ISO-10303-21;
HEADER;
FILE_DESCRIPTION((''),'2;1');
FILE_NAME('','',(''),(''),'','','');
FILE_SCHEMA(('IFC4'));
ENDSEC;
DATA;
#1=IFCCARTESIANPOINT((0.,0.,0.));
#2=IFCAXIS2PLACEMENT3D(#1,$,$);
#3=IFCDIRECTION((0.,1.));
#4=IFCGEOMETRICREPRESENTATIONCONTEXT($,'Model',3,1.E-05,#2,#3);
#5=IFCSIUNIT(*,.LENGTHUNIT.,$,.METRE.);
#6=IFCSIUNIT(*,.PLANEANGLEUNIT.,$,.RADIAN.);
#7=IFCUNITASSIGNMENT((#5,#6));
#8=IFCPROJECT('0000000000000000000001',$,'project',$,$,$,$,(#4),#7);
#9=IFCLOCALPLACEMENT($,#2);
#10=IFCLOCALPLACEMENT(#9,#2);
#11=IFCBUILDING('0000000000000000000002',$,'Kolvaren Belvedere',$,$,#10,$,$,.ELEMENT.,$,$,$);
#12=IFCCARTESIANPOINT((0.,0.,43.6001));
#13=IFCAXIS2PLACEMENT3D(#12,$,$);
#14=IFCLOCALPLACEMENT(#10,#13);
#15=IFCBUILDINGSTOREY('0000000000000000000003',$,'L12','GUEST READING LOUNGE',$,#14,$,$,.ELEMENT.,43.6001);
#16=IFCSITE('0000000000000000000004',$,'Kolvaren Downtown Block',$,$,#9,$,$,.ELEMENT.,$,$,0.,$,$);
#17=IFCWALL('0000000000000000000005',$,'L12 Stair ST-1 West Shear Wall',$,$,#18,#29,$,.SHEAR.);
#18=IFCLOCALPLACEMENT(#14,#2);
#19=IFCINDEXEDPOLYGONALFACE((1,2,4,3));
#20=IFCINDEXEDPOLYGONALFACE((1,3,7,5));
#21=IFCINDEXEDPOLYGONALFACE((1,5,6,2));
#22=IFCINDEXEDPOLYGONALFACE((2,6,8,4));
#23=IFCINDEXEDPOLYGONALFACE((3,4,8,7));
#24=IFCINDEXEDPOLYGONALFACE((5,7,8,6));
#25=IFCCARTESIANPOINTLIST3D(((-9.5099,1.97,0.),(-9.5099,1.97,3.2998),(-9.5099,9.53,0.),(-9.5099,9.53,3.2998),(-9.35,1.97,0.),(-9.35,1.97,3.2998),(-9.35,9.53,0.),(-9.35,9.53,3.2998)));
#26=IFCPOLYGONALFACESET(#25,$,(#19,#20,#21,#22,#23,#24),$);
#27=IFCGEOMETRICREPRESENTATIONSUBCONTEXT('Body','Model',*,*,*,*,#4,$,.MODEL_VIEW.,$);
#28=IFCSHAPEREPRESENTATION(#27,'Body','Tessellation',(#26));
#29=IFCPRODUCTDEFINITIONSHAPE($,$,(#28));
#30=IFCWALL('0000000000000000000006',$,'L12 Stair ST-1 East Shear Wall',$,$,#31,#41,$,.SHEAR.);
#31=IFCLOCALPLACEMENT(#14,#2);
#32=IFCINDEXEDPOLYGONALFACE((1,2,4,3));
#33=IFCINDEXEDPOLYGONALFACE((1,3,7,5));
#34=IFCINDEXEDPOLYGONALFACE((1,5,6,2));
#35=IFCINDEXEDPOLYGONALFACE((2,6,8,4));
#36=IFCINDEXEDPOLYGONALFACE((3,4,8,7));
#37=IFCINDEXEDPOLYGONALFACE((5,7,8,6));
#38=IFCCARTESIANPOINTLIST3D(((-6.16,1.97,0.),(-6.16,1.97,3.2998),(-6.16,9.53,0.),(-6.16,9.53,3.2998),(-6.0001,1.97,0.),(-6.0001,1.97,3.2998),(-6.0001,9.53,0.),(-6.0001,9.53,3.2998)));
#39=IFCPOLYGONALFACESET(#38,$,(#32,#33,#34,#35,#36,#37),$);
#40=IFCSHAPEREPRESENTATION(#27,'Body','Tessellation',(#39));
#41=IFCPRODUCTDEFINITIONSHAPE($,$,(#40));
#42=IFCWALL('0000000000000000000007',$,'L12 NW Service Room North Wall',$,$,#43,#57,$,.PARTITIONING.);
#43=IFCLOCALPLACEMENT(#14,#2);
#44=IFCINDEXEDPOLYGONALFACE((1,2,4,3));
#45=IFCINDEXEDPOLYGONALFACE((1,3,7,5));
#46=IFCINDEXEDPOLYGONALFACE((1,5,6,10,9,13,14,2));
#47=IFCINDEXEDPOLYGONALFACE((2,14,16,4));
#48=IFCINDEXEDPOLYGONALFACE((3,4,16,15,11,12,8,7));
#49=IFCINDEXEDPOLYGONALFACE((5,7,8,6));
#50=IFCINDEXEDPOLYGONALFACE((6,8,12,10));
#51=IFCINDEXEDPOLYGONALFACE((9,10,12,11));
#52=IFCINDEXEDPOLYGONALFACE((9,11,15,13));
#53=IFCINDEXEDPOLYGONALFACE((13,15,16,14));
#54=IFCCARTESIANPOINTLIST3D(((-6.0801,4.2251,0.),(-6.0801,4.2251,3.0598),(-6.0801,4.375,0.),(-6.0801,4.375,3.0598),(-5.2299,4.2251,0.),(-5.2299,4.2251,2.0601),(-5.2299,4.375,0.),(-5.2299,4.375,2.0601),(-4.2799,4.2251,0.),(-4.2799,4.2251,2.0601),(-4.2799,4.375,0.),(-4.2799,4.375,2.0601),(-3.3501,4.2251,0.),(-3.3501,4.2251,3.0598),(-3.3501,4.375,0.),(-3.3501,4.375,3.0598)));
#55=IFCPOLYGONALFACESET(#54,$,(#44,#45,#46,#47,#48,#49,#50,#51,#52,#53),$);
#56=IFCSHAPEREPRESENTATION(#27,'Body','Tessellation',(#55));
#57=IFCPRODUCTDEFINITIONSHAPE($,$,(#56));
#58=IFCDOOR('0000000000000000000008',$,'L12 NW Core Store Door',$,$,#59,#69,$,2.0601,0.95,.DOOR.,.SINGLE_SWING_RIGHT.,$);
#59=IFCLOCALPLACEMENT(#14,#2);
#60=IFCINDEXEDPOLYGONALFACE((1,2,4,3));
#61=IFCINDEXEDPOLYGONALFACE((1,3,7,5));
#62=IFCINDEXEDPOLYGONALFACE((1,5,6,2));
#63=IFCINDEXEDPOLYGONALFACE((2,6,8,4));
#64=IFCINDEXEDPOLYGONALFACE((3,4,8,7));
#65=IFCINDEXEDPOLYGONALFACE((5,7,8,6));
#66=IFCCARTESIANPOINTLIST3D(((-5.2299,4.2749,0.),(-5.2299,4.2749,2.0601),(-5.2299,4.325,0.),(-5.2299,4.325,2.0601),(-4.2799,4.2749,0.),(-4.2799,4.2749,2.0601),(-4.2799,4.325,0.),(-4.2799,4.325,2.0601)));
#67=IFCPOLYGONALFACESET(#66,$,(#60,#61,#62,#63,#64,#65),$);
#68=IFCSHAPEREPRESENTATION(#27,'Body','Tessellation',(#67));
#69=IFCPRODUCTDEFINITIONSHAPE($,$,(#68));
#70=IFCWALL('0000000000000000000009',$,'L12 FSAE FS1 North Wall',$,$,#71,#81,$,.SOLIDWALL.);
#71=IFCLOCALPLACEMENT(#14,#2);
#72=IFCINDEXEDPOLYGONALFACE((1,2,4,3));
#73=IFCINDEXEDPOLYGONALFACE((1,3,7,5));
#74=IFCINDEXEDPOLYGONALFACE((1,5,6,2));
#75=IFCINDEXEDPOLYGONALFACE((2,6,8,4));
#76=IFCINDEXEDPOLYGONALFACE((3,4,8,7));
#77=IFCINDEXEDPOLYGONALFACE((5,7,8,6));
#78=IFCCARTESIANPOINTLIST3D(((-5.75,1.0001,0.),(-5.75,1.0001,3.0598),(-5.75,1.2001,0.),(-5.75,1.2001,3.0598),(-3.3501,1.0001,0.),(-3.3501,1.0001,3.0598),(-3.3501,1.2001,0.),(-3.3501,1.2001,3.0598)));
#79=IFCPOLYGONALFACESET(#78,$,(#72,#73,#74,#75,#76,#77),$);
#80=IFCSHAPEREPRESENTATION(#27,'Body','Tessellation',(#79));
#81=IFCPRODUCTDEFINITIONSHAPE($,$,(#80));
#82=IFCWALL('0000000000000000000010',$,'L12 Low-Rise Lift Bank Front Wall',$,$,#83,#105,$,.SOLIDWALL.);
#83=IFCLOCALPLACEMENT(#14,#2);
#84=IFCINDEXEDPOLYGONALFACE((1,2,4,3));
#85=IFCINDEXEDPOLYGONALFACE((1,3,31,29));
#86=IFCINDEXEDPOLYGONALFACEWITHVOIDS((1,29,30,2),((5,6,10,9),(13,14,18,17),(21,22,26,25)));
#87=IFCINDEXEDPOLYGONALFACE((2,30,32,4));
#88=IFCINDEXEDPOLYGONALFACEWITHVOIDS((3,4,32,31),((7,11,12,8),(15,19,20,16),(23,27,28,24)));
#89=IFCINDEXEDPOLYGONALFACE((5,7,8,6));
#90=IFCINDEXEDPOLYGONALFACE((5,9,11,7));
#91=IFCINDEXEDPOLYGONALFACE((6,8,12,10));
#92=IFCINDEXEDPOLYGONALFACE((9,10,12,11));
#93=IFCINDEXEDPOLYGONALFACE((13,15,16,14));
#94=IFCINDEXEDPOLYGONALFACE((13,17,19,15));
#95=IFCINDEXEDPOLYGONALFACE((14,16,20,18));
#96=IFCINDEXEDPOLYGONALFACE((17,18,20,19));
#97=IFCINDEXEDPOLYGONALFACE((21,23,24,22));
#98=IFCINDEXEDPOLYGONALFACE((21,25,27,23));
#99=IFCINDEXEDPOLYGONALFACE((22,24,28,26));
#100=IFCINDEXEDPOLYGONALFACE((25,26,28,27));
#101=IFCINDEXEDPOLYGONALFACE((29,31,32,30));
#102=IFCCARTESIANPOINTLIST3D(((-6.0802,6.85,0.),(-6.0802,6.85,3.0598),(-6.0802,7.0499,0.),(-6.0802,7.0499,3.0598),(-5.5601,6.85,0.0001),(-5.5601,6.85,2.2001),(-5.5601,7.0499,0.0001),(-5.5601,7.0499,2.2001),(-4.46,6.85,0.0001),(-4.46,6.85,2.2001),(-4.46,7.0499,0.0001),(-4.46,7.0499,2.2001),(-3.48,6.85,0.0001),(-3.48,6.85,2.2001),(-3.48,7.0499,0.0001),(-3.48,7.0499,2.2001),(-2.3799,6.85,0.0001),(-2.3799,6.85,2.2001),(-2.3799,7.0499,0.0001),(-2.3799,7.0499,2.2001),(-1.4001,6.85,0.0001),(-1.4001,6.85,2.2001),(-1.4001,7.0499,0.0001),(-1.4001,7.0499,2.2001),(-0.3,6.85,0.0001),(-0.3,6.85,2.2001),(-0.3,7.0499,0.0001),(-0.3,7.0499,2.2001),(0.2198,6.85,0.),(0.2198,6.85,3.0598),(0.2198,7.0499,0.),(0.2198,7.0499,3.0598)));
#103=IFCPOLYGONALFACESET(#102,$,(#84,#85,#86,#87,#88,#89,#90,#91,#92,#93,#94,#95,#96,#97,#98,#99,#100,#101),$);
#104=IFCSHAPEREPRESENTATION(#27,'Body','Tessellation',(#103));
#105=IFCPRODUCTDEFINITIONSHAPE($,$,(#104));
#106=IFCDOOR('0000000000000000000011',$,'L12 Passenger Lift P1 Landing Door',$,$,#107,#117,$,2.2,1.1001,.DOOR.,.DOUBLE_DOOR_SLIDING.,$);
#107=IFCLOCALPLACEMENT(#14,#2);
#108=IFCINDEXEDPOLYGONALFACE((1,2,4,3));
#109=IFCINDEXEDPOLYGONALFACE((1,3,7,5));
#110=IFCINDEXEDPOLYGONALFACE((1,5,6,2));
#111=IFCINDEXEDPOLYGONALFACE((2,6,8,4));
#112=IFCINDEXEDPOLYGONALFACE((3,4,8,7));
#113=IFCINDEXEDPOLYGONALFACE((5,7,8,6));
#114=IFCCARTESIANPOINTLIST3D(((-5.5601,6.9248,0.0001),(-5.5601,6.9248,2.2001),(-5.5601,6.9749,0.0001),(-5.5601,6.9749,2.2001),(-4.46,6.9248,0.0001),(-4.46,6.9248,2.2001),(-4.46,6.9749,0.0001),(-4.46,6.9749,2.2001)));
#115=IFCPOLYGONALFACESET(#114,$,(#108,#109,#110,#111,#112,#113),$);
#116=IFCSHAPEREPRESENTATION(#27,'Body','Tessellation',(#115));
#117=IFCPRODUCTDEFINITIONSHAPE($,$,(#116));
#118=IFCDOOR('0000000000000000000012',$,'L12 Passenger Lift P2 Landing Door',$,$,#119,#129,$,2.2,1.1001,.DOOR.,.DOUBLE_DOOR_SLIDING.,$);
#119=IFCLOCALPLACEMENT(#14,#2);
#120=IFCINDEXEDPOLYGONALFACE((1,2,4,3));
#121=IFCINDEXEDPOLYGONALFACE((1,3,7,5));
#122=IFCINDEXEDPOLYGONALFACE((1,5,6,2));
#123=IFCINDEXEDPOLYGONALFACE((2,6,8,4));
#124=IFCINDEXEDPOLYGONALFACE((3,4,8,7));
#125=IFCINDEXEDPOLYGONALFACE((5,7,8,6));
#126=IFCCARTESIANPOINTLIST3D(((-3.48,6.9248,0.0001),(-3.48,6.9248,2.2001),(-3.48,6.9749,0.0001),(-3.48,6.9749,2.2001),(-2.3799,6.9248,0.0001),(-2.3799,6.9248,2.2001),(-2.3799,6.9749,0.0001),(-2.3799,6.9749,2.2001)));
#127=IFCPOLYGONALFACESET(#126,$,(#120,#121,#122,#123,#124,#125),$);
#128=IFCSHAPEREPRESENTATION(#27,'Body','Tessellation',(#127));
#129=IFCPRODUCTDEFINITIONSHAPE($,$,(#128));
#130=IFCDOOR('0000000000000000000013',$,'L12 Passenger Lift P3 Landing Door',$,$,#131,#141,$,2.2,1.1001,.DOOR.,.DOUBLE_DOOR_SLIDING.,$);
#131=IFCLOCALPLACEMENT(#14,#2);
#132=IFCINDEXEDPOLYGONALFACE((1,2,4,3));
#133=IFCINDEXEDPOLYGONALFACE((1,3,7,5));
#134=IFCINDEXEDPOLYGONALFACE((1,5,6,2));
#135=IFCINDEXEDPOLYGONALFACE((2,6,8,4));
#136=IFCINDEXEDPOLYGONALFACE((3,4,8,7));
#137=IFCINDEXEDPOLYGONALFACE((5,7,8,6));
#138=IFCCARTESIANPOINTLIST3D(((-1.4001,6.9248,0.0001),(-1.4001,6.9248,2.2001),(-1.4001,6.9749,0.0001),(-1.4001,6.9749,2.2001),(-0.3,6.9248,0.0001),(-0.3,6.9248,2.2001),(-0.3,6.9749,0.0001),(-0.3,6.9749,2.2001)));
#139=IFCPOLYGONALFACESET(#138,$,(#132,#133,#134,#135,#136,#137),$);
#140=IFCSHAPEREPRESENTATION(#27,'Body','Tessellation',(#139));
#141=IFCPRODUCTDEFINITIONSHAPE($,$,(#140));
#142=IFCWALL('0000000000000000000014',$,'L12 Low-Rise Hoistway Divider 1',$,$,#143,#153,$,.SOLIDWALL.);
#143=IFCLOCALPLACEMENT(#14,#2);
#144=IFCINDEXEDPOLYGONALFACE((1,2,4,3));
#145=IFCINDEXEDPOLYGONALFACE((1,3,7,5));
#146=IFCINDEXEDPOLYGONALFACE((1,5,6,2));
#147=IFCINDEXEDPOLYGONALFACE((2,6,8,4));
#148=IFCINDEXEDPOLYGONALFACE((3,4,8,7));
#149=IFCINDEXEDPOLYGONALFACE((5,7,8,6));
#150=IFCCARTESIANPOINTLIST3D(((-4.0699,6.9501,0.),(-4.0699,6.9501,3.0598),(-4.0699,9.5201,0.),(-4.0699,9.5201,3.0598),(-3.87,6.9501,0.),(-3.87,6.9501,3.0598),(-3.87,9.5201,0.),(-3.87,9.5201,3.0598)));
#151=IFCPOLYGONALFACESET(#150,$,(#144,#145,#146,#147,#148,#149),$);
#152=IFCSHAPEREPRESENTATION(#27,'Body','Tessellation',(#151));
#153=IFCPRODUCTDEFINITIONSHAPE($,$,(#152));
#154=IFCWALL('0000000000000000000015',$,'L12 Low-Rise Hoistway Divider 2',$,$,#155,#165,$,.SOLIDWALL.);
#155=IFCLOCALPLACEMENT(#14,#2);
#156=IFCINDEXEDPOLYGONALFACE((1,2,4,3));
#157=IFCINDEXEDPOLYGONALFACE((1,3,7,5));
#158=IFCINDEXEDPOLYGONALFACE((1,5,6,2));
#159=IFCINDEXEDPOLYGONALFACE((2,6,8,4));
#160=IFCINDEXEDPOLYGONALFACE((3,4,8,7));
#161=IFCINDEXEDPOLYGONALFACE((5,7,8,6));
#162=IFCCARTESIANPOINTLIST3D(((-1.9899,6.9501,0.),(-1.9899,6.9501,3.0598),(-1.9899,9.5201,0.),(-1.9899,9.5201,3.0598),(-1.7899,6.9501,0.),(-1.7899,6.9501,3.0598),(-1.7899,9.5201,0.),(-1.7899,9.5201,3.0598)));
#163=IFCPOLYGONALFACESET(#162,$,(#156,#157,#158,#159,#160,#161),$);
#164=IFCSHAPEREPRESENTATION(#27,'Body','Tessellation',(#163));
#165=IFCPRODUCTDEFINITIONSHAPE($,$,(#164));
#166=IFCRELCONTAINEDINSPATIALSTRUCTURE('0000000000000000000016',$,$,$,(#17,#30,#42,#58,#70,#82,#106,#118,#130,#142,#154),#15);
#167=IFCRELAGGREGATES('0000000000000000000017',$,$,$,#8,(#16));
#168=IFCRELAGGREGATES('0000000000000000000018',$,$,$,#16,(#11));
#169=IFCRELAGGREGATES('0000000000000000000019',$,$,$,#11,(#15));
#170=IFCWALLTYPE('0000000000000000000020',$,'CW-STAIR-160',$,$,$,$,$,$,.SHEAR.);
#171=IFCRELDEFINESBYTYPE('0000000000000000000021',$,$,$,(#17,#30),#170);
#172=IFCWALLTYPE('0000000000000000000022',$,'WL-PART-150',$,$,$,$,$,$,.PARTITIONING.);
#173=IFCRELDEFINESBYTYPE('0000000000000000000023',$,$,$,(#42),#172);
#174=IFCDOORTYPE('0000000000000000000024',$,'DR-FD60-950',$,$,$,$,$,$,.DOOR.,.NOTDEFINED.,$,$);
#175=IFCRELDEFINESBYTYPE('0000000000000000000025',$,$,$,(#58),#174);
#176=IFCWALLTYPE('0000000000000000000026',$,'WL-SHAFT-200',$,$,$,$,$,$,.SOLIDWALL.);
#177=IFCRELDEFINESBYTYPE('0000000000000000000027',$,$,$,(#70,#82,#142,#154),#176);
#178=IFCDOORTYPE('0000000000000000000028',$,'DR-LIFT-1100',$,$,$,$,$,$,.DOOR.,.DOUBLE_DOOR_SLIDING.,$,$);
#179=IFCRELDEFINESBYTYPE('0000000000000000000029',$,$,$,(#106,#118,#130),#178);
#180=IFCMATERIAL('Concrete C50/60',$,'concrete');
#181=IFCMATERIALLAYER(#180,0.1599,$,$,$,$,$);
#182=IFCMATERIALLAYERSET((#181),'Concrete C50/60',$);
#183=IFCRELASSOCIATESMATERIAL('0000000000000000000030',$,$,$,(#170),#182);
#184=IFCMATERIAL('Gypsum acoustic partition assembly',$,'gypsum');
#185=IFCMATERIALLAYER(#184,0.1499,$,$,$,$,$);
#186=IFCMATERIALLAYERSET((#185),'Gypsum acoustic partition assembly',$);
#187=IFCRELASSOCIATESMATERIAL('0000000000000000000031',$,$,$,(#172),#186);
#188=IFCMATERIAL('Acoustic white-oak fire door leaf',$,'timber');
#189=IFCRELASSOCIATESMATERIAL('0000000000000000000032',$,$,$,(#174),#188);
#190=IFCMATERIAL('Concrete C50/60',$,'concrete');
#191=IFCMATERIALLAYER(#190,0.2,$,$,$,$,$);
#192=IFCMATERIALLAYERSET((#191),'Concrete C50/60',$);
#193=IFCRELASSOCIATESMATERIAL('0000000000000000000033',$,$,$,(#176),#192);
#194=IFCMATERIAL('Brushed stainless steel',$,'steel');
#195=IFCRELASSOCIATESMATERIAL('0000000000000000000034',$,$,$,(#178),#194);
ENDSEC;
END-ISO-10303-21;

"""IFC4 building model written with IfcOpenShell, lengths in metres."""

from ifc_helpers import new_model, si_unit, direction, frame, frame_2d, origin, place, context, subcontext, project, spatial, rectangle, extrude, material, layer, layer_set, type_object, element, fill, save


model = new_model("IFC4")

# Units and contexts
model_context = context("Model", 3, precision=1e-05, world=origin(), true_north=direction((0.0, 1.0)))
body_context = subcontext(model_context, "Body", "Model", "MODEL_VIEW")
ifc_project = project(units=[si_unit("LENGTHUNIT", "METRE"), si_unit("PLANEANGLEUNIT", "RADIAN")], contexts=[model_context])

# Site, building, storey
site_placement = place(None, origin())
site = spatial("IfcSite", under=ifc_project, at=site_placement, Name="Kolvaren Downtown Block", CompositionType="ELEMENT", RefElevation=0.0)
building_placement = place(site_placement, origin())
building = spatial("IfcBuilding", under=site, at=building_placement, Name="Kolvaren Belvedere", CompositionType="ELEMENT")
storey_placement = place(building_placement, frame((0.0, 0.0, 43.6001)))
storey = spatial("IfcBuildingStorey", under=building, at=storey_placement, Name="L12", Description="GUEST READING LOUNGE", CompositionType="ELEMENT", Elevation=43.6001)

# Shared definitions
ifc_material_1 = material(Name="Concrete C50/60", Category="concrete")
ifc_layer_1 = layer(ifc_material_1, 0.1599)
ifc_layer_set_1 = layer_set([ifc_layer_1], Name="Concrete C50/60")
wall_type_1 = type_object("IfcWallType", Name="CW-STAIR-160", PredefinedType="SHEAR", material=ifc_layer_set_1)

# Walls
for number, where, z_axis, x_axis, name in (
    (1, (-9.4299, 1.97, 0.0), (0.0, 0.0, 1.0), (0.0, 1.0, 0.0), "L12 Stair ST-1 West Shear Wall"),
    (2, (-6.0801, 1.97, 0.0), (0.0, 0.0, 1.0), (0.0, 1.0, 0.0), "L12 Stair ST-1 East Shear Wall"),
):
    element("IfcWall", number, at=place(storey_placement, frame(where, z_axis=z_axis, x_axis=x_axis)), inside=storey, type_object=wall_type_1, Name=name, PredefinedType="SHEAR", context=body_context, shape_type="SweptSolid", body=[
        extrude(rectangle(XDim=7.5601, YDim=0.1599, at=frame_2d((3.78, 0.0))), origin(), (0.0, 0.0, 1.0), 3.2998),
    ])

# Wall, opening, door
ifc_material_2 = material(Name="Gypsum acoustic partition assembly", Category="gypsum")
ifc_layer_2 = layer(ifc_material_2, 0.1499)
ifc_layer_set_2 = layer_set([ifc_layer_2], Name="Gypsum acoustic partition assembly")
wall_type_2 = type_object("IfcWallType", Name="WL-PART-150", PredefinedType="PARTITIONING", material=ifc_layer_set_2)
wall_1_placement = place(storey_placement, frame((-6.0801, 4.3, 0.0), z_axis=(0.0, 0.0, 1.0), x_axis=(1.0, 0.0, 0.0)))
wall_1 = element("IfcWall", 3, at=wall_1_placement, inside=storey, type_object=wall_type_2, Name="L12 NW Service Room North Wall", PredefinedType="PARTITIONING", context=body_context, shape_type="SweptSolid", body=[
    extrude(rectangle(XDim=2.73, YDim=0.1499, at=frame_2d((1.365, 0.0))), origin(), (0.0, 0.0, 1.0), 3.0598),
])
opening_1_placement = place(wall_1_placement, frame((0.8501, 0.0, 0.0)))
opening_1 = element("IfcOpeningElement", 4, at=opening_1_placement, cuts=wall_1, PredefinedType="OPENING", context=body_context, shape_type="SweptSolid", body=[
    extrude(rectangle(XDim=0.95, YDim=2.0601, at=frame_2d((0.4751, 1.03))), frame((0.0, 0.085, 0.0), z_axis=(0.0, -1.0, 0.0), x_axis=(1.0, 0.0, 0.0)), (0.0, 0.0, 1.0), 0.1699),
])
ifc_material_3 = material(Name="Acoustic white-oak fire door leaf", Category="timber")
door_type_1 = type_object("IfcDoorType", Name="DR-FD60-950", OperationType="NOTDEFINED", PredefinedType="DOOR", material=ifc_material_3)
door_1_placement = place(opening_1_placement, origin())
door_1 = element("IfcDoor", 5, at=door_1_placement, inside=storey, type_object=door_type_1, Name="L12 NW Core Store Door", OperationType="SINGLE_SWING_RIGHT", OverallHeight=2.0601, OverallWidth=0.95, PredefinedType="DOOR", context=body_context, shape_type="SweptSolid", body=[
    extrude(rectangle(XDim=0.95, YDim=2.0601, at=frame_2d((0.4751, 1.03))), frame((0.0, 0.0249, 0.0), z_axis=(0.0, -1.0, 0.0), x_axis=(1.0, 0.0, 0.0)), (0.0, 0.0, 1.0), 0.05),
])
fill(opening_1, door_1)

# Wall
ifc_material_4 = material(Name="Concrete C50/60", Category="concrete")
ifc_layer_3 = layer(ifc_material_4, 0.2)
ifc_layer_set_3 = layer_set([ifc_layer_3], Name="Concrete C50/60")
wall_type_3 = type_object("IfcWallType", Name="WL-SHAFT-200", PredefinedType="SOLIDWALL", material=ifc_layer_set_3)
wall_2_placement = place(storey_placement, frame((-5.75, 1.1001, 0.0), z_axis=(0.0, 0.0, 1.0), x_axis=(1.0, 0.0, 0.0)))
element("IfcWall", 6, at=wall_2_placement, inside=storey, type_object=wall_type_3, Name="L12 FSAE FS1 North Wall", PredefinedType="SOLIDWALL", context=body_context, shape_type="SweptSolid", body=[
    extrude(rectangle(XDim=2.3999, YDim=0.2, at=frame_2d((1.2, 0.0))), origin(), (0.0, 0.0, 1.0), 3.0598),
])

# Wall, openings, doors
wall_3_placement = place(storey_placement, frame((-6.0801, 6.95, 0.0), z_axis=(0.0, 0.0, 1.0), x_axis=(1.0, 0.0, 0.0)))
wall_3 = element("IfcWall", 7, at=wall_3_placement, inside=storey, type_object=wall_type_3, Name="L12 Low-Rise Lift Bank Front Wall", PredefinedType="SOLIDWALL", context=body_context, shape_type="SweptSolid", body=[
    extrude(rectangle(XDim=6.3, YDim=0.2, at=frame_2d((3.1499, 0.0))), origin(), (0.0, 0.0, 1.0), 3.0598),
])
opening_2_placement = place(wall_3_placement, frame((0.52, 0.0, 0.0)))
opening_2 = element("IfcOpeningElement", 8, at=opening_2_placement, cuts=wall_3, PredefinedType="OPENING", context=body_context, shape_type="SweptSolid", body=[
    extrude(rectangle(XDim=1.1001, YDim=2.2, at=frame_2d((0.55, 1.1001))), frame((0.0, 0.1099, 0.0), z_axis=(0.0, -1.0, 0.0), x_axis=(1.0, 0.0, 0.0)), (0.0, 0.0, 1.0), 0.22),
])
opening_3_placement = place(wall_3_placement, frame((2.6001, 0.0, 0.0)))
opening_3 = element("IfcOpeningElement", 9, at=opening_3_placement, cuts=wall_3, PredefinedType="OPENING", context=body_context, shape_type="SweptSolid", body=[
    extrude(rectangle(XDim=1.1001, YDim=2.2, at=frame_2d((0.55, 1.1001))), frame((0.0, 0.1099, 0.0), z_axis=(0.0, -1.0, 0.0), x_axis=(1.0, 0.0, 0.0)), (0.0, 0.0, 1.0), 0.22),
])
opening_4_placement = place(wall_3_placement, frame((4.6799, 0.0, 0.0)))
opening_4 = element("IfcOpeningElement", 10, at=opening_4_placement, cuts=wall_3, PredefinedType="OPENING", context=body_context, shape_type="SweptSolid", body=[
    extrude(rectangle(XDim=1.1001, YDim=2.2, at=frame_2d((0.55, 1.1001))), frame((0.0, 0.1099, 0.0), z_axis=(0.0, -1.0, 0.0), x_axis=(1.0, 0.0, 0.0)), (0.0, 0.0, 1.0), 0.22),
])
ifc_material_5 = material(Name="Brushed stainless steel", Category="steel")
door_type_2 = type_object("IfcDoorType", Name="DR-LIFT-1100", OperationType="DOUBLE_DOOR_SLIDING", PredefinedType="DOOR", material=ifc_material_5)
door_2_placement = place(opening_2_placement, origin())
door_2 = element("IfcDoor", 11, at=door_2_placement, inside=storey, type_object=door_type_2, Name="L12 Passenger Lift P1 Landing Door", OperationType="DOUBLE_DOOR_SLIDING", OverallHeight=2.2, OverallWidth=1.1001, PredefinedType="DOOR", context=body_context, shape_type="SweptSolid", body=[
    extrude(rectangle(XDim=1.1001, YDim=2.2, at=frame_2d((0.55, 1.1001))), frame((0.0, 0.0249, 0.0), z_axis=(0.0, -1.0, 0.0), x_axis=(1.0, 0.0, 0.0)), (0.0, 0.0, 1.0), 0.05),
])
fill(opening_2, door_2)
door_3_placement = place(opening_3_placement, origin())
door_3 = element("IfcDoor", 12, at=door_3_placement, inside=storey, type_object=door_type_2, Name="L12 Passenger Lift P2 Landing Door", OperationType="DOUBLE_DOOR_SLIDING", OverallHeight=2.2, OverallWidth=1.1001, PredefinedType="DOOR", context=body_context, shape_type="SweptSolid", body=[
    extrude(rectangle(XDim=1.1001, YDim=2.2, at=frame_2d((0.55, 1.1001))), frame((0.0, 0.0249, 0.0), z_axis=(0.0, -1.0, 0.0), x_axis=(1.0, 0.0, 0.0)), (0.0, 0.0, 1.0), 0.05),
])
fill(opening_3, door_3)
door_4_placement = place(opening_4_placement, origin())
door_4 = element("IfcDoor", 13, at=door_4_placement, inside=storey, type_object=door_type_2, Name="L12 Passenger Lift P3 Landing Door", OperationType="DOUBLE_DOOR_SLIDING", OverallHeight=2.2, OverallWidth=1.1001, PredefinedType="DOOR", context=body_context, shape_type="SweptSolid", body=[
    extrude(rectangle(XDim=1.1001, YDim=2.2, at=frame_2d((0.55, 1.1001))), frame((0.0, 0.0249, 0.0), z_axis=(0.0, -1.0, 0.0), x_axis=(1.0, 0.0, 0.0)), (0.0, 0.0, 1.0), 0.05),
])
fill(opening_4, door_4)

# Walls
for number, where, z_axis, x_axis, name in (
    (14, (-3.97, 6.95, 0.0), (0.0, 0.0, 1.0), (0.0, 1.0, 0.0), "L12 Low-Rise Hoistway Divider 1"),
    (15, (-1.8899, 6.95, 0.0), (0.0, 0.0, 1.0), (0.0, 1.0, 0.0), "L12 Low-Rise Hoistway Divider 2"),
):
    element("IfcWall", number, at=place(storey_placement, frame(where, z_axis=z_axis, x_axis=x_axis)), inside=storey, type_object=wall_type_3, Name=name, PredefinedType="SOLIDWALL", context=body_context, shape_type="SweptSolid", body=[
        extrude(rectangle(XDim=2.5701, YDim=0.2, at=frame_2d((1.2852, 0.0))), origin(), (0.0, 0.0, 1.0), 3.0598),
    ])

save(model, "model.ifc")
